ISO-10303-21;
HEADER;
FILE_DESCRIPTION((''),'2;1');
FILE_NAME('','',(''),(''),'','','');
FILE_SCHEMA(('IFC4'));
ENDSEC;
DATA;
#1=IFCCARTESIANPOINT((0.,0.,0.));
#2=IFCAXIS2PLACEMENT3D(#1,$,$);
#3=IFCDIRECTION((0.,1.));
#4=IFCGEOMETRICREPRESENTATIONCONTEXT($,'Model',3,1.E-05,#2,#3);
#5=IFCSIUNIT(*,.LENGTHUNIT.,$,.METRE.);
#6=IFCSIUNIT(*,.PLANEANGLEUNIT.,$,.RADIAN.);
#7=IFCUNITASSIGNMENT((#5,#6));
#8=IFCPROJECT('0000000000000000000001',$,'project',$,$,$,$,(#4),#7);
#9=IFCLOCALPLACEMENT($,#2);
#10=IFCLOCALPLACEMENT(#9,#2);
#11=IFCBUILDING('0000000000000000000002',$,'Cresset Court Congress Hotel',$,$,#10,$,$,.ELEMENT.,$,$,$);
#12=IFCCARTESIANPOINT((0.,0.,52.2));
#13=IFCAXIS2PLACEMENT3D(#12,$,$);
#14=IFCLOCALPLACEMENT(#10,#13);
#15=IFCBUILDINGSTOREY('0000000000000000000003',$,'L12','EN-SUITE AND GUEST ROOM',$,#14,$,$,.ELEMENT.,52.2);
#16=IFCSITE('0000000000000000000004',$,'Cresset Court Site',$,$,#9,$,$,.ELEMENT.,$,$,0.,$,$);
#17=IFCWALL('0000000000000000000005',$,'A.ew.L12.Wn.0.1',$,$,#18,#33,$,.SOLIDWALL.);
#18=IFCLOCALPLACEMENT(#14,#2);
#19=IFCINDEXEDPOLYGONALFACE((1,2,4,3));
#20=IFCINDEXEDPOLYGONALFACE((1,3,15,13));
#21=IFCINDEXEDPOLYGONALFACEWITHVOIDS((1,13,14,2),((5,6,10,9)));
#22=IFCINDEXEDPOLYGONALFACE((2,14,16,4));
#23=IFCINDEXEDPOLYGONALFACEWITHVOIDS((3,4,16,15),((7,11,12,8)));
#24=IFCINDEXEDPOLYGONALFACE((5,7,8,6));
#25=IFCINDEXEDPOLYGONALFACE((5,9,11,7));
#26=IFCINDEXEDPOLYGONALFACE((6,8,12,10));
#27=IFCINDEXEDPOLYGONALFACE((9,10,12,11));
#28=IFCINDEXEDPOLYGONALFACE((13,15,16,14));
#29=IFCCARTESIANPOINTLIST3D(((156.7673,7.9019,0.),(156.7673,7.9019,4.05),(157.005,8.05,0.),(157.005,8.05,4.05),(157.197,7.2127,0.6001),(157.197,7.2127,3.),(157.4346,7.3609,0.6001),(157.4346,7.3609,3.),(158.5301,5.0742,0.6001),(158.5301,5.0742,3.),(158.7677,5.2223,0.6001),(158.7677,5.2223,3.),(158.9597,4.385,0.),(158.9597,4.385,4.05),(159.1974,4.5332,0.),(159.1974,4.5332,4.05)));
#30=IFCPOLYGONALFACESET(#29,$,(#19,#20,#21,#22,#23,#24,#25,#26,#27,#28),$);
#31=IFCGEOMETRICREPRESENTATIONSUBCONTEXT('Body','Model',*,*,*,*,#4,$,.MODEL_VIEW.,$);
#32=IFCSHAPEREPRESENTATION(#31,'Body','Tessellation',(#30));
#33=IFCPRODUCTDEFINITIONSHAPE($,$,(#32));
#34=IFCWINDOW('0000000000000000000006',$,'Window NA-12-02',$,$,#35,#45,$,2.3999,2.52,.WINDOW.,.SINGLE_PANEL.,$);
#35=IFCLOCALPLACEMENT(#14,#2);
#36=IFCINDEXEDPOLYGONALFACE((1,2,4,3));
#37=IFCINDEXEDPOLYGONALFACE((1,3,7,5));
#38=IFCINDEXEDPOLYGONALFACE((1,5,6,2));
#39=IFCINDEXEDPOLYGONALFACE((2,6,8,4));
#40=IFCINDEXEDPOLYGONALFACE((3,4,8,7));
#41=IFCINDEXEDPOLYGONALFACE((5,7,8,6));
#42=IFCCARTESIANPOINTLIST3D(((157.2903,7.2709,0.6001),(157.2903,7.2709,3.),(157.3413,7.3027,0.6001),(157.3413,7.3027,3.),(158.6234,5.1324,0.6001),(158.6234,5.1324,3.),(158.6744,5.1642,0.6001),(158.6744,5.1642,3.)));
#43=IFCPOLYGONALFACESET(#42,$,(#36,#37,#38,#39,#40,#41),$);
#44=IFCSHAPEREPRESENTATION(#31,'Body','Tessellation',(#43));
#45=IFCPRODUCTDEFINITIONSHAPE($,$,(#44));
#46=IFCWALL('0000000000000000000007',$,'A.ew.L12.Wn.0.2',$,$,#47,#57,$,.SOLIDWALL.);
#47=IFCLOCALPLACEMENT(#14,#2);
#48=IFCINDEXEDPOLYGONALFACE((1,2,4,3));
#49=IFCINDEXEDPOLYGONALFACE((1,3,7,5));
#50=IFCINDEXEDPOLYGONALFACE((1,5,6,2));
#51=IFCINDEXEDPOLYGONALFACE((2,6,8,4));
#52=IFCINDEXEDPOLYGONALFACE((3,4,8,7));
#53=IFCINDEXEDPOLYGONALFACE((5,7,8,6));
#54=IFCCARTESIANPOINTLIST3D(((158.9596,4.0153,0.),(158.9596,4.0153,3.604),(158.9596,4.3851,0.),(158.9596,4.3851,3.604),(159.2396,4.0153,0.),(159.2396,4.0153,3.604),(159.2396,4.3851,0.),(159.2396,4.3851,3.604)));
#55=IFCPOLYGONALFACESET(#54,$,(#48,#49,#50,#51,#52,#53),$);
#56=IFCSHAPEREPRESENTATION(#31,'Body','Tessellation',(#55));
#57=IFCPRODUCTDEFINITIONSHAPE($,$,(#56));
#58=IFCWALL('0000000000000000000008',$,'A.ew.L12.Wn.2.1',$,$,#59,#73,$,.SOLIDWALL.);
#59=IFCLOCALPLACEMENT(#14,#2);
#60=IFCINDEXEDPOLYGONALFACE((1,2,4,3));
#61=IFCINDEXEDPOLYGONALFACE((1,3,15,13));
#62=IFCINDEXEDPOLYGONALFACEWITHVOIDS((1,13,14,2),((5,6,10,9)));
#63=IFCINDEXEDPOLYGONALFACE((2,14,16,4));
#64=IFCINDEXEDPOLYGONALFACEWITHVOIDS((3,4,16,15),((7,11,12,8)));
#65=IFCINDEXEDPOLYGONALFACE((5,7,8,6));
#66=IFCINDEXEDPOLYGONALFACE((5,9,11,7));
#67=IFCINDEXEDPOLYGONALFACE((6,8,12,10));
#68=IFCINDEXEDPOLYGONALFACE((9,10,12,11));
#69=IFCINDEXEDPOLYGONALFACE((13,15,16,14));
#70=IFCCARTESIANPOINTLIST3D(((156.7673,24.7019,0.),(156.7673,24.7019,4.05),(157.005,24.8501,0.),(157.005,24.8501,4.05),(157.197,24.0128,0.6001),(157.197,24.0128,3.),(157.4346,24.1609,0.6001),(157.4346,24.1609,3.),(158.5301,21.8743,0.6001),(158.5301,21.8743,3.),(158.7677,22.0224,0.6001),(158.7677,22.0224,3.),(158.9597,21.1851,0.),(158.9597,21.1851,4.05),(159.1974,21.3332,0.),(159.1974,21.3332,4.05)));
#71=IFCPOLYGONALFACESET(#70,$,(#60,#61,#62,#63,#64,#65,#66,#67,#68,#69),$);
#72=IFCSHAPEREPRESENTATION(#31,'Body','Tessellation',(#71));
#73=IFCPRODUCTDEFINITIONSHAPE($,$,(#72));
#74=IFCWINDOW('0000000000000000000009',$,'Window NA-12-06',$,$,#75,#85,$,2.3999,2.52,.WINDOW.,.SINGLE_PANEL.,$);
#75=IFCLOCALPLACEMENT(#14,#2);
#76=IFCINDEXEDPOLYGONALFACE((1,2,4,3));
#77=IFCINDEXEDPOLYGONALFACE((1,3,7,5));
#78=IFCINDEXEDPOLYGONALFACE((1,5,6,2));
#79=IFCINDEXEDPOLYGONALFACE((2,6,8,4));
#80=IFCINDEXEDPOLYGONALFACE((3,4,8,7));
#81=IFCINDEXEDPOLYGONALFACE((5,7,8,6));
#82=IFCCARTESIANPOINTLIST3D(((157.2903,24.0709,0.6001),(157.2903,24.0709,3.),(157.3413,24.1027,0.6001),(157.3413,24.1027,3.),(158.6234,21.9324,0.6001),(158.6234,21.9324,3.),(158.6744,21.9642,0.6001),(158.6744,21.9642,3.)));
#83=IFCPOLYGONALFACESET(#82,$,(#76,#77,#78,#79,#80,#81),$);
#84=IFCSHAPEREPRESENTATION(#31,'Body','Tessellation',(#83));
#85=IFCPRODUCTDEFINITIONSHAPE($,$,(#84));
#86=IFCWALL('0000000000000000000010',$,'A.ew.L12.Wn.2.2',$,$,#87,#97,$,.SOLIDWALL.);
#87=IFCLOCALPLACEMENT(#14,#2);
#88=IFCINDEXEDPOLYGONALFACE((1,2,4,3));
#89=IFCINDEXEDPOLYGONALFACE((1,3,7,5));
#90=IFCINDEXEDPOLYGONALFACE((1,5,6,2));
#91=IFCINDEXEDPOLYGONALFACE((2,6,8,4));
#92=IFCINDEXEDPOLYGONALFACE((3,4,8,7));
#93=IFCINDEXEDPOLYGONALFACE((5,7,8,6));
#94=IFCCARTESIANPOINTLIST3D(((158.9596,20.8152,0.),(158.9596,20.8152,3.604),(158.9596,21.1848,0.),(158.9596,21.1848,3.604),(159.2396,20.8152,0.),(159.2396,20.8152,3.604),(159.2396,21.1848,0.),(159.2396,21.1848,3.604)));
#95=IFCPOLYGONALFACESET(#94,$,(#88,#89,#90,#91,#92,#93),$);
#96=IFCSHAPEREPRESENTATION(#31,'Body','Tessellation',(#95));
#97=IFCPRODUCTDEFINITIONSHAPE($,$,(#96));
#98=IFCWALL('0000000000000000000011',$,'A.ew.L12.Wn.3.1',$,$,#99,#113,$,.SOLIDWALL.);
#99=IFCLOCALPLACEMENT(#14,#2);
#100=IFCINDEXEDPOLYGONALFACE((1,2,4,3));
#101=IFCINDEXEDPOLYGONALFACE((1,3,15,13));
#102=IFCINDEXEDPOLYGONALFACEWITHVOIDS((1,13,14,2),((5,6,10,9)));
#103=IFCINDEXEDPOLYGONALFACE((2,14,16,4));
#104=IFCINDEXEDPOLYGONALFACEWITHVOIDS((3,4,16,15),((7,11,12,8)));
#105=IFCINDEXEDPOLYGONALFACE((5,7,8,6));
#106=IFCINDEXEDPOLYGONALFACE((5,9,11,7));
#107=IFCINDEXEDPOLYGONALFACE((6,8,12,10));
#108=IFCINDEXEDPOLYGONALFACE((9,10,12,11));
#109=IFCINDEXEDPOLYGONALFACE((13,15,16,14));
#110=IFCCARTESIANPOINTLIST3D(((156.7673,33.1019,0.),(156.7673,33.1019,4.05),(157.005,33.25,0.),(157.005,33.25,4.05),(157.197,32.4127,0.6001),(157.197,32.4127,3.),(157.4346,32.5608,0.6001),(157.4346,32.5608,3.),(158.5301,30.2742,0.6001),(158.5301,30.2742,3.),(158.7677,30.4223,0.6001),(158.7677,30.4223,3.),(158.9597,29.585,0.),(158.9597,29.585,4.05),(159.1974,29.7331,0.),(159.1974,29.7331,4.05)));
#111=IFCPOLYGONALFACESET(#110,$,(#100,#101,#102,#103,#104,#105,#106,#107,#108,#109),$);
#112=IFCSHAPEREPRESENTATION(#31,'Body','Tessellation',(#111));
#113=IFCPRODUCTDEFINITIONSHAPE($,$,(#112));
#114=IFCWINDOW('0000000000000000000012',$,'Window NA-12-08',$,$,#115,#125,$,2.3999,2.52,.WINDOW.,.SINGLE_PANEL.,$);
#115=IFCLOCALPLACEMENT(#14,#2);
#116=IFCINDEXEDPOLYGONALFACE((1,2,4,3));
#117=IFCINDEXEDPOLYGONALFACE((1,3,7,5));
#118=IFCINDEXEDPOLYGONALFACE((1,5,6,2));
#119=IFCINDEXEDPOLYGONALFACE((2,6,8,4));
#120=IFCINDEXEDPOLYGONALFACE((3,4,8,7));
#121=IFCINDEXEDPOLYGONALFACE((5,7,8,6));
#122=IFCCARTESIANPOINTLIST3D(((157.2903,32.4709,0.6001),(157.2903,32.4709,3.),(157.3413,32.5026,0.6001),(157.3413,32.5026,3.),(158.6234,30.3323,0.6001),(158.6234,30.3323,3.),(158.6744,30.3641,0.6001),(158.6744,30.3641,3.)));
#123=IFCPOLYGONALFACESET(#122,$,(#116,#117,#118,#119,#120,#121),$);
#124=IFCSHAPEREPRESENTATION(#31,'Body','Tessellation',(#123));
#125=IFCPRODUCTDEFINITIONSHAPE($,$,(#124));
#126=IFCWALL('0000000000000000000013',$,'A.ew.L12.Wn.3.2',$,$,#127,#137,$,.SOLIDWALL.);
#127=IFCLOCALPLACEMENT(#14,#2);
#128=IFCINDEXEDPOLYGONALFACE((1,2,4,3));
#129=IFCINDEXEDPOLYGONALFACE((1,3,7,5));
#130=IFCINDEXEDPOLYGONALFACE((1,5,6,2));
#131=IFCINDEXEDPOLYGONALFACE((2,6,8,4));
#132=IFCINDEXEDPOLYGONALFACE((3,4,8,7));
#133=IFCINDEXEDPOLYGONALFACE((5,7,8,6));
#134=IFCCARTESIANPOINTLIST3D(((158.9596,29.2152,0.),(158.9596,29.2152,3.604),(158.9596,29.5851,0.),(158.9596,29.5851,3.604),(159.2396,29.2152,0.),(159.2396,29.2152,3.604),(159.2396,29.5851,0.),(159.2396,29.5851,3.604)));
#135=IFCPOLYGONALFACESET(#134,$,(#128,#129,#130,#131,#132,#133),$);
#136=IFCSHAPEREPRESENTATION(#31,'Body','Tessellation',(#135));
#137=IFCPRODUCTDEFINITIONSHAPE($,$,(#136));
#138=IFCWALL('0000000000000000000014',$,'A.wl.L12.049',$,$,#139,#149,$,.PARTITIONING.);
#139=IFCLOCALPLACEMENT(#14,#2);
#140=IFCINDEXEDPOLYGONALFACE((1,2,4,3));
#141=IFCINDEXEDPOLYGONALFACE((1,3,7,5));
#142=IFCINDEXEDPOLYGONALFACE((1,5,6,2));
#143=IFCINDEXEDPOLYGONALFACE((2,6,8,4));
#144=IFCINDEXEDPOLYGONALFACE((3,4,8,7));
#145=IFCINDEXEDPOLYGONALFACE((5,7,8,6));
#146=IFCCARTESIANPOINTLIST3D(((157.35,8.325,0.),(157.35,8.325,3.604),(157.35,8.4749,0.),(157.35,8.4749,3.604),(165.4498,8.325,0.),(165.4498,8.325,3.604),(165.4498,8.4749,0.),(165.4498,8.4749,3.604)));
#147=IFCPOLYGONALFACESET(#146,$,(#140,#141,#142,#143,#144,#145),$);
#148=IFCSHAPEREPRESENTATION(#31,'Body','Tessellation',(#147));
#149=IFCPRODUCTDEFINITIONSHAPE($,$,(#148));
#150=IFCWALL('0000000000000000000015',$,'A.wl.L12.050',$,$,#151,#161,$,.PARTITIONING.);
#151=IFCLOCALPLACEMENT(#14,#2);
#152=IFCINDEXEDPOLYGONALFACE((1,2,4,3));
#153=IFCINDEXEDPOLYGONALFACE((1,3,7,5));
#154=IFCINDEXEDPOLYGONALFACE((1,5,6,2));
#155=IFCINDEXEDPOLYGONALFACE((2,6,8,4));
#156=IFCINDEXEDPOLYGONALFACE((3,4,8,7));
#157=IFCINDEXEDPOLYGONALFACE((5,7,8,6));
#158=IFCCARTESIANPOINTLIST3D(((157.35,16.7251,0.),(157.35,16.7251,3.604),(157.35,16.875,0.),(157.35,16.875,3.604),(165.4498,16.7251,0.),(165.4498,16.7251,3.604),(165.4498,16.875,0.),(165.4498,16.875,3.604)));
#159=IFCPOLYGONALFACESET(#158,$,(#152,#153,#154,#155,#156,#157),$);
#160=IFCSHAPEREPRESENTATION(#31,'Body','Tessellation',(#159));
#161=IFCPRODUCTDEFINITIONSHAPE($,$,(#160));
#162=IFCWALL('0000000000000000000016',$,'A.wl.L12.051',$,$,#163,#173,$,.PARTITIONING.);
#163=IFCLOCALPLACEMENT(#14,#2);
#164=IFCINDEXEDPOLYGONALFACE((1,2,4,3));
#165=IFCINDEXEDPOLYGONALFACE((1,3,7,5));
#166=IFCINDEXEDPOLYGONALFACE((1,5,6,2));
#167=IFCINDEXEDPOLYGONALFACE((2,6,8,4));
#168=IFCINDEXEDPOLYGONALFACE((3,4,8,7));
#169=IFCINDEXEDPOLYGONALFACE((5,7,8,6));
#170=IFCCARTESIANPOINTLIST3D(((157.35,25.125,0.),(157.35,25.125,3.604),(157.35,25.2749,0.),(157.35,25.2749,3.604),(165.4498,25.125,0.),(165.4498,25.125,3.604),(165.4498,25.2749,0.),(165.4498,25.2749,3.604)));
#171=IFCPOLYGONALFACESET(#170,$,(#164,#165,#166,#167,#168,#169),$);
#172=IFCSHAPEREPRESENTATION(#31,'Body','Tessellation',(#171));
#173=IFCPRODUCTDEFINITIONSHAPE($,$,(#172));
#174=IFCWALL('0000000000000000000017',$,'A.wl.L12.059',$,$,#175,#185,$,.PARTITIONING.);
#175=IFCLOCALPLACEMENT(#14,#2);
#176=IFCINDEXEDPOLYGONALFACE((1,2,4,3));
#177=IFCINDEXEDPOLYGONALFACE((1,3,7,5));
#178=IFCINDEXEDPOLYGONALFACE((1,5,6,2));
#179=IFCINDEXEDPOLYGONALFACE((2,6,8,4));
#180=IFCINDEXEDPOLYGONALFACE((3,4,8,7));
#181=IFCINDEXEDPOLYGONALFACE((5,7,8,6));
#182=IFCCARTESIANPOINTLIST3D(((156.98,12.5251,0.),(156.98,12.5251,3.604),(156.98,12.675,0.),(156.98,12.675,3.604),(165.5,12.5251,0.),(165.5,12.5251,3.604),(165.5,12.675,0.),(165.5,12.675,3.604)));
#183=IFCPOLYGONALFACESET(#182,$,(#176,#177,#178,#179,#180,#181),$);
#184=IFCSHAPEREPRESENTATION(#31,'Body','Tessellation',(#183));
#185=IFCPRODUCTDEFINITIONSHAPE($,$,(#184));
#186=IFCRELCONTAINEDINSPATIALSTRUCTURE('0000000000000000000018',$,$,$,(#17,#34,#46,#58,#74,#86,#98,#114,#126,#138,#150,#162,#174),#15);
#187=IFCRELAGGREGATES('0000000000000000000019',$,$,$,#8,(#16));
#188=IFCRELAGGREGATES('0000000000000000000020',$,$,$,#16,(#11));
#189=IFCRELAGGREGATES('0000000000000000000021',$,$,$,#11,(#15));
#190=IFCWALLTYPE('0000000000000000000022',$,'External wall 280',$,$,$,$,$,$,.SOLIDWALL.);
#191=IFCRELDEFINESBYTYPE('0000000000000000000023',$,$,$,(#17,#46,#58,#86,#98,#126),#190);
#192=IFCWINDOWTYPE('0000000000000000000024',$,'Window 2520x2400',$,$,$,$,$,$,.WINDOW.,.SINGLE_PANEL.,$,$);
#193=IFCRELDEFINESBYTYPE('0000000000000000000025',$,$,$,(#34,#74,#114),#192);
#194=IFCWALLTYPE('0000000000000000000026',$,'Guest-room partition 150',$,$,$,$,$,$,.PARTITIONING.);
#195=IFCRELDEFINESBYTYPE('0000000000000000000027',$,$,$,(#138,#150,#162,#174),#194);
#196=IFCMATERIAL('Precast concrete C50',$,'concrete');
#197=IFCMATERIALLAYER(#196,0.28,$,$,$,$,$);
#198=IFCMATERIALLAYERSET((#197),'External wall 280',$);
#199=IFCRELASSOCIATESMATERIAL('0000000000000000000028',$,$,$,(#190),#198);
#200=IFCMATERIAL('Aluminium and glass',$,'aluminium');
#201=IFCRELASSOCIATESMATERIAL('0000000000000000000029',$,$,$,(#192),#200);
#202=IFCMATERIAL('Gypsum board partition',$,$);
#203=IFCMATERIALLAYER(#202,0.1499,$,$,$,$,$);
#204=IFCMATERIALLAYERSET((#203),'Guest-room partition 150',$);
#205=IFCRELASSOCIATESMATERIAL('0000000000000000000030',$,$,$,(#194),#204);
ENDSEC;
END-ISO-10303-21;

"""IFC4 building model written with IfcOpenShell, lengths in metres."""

from ifc_helpers import new_model, si_unit, direction, frame, frame_2d, origin, place, context, subcontext, project, spatial, rectangle, extrude, material, layer, layer_set, type_object, element, fill, save


model = new_model("IFC4")

# Units and contexts
model_context = context("Model", 3, precision=1e-05, world=origin(), true_north=direction((0.0, 1.0)))
body_context = subcontext(model_context, "Body", "Model", "MODEL_VIEW")
ifc_project = project(units=[si_unit("LENGTHUNIT", "METRE"), si_unit("PLANEANGLEUNIT", "RADIAN")], contexts=[model_context])

# Site, building, storey
site_placement = place(None, origin())
site = spatial("IfcSite", under=ifc_project, at=site_placement, Name="Cresset Court Site", CompositionType="ELEMENT", RefElevation=0.0)
building_placement = place(site_placement, origin())
building = spatial("IfcBuilding", under=site, at=building_placement, Name="Cresset Court Congress Hotel", CompositionType="ELEMENT")
storey_placement = place(building_placement, frame((0.0, 0.0, 52.2)))
storey = spatial("IfcBuildingStorey", under=building, at=storey_placement, Name="L12", Description="EN-SUITE AND GUEST ROOM", CompositionType="ELEMENT", Elevation=52.2)

# Wall, opening, window
ifc_material_1 = material(Name="Precast concrete C50", Category="concrete")
ifc_layer_1 = layer(ifc_material_1, 0.28)
ifc_layer_set_1 = layer_set([ifc_layer_1], Name="External wall 280")
wall_type_1 = type_object("IfcWallType", Name="External wall 280", PredefinedType="SOLIDWALL", material=ifc_layer_set_1)
wall_1_placement = place(storey_placement, frame((159.0786, 4.459, 0.0), z_axis=(0.0, 0.0, 1.0), x_axis=(-0.529019, 0.84861, 0.0)))
wall_1 = element("IfcWall", 1, at=wall_1_placement, inside=storey, type_object=wall_type_1, Name="A.ew.L12.Wn.0.1", PredefinedType="SOLIDWALL", context=body_context, shape_type="SweptSolid", body=[
    extrude(rectangle(XDim=4.1443, YDim=0.28, at=frame_2d((2.0723, 0.0))), origin(), (0.0, 0.0, 1.0), 4.05),
])
opening_1_placement = place(wall_1_placement, frame((0.8123, 0.0, 0.6001)))
opening_1 = element("IfcOpeningElement", 2, at=opening_1_placement, cuts=wall_1, PredefinedType="OPENING", context=body_context, shape_type="SweptSolid", body=[
    extrude(rectangle(XDim=2.52, YDim=2.3999, at=frame_2d((1.26, 1.2))), frame((0.0, 0.1499, 0.0), z_axis=(0.0, -1.0, 0.0), x_axis=(1.0, 0.0, 0.0)), (0.0, 0.0, 1.0), 0.3),
])
ifc_material_2 = material(Name="Aluminium and glass", Category="aluminium")
window_type = type_object("IfcWindowType", Name="Window 2520x2400", PartitioningType="SINGLE_PANEL", PredefinedType="WINDOW", material=ifc_material_2)
window_1_placement = place(opening_1_placement, origin())
window_1 = element("IfcWindow", 3, at=window_1_placement, inside=storey, type_object=window_type, Name="Window NA-12-02", OverallHeight=2.3999, OverallWidth=2.52, PartitioningType="SINGLE_PANEL", PredefinedType="WINDOW", context=body_context, shape_type="SweptSolid", body=[
    extrude(rectangle(XDim=2.52, YDim=2.3999, at=frame_2d((1.26, 1.2))), frame((0.0, 0.03, 0.0), z_axis=(0.0, -1.0, 0.0), x_axis=(1.0, 0.0, 0.0)), (0.0, 0.0, 1.0), 0.0601),
])
fill(opening_1, window_1)

# Wall
wall_2_placement = place(storey_placement, frame((159.0996, 4.0151, 0.0), z_axis=(0.0, 0.0, 1.0), x_axis=(0.0, 1.0, 0.0)))
element("IfcWall", 4, at=wall_2_placement, inside=storey, type_object=wall_type_1, Name="A.ew.L12.Wn.0.2", PredefinedType="SOLIDWALL", context=body_context, shape_type="SweptSolid", body=[
    extrude(rectangle(XDim=0.3699, YDim=0.28, at=frame_2d((0.1851, 0.0))), origin(), (0.0, 0.0, 1.0), 3.604),
])

# Wall, opening, window
wall_3_placement = place(storey_placement, frame((159.0786, 21.259, 0.0), z_axis=(0.0, 0.0, 1.0), x_axis=(-0.529019, 0.84861, 0.0)))
wall_3 = element("IfcWall", 5, at=wall_3_placement, inside=storey, type_object=wall_type_1, Name="A.ew.L12.Wn.2.1", PredefinedType="SOLIDWALL", context=body_context, shape_type="SweptSolid", body=[
    extrude(rectangle(XDim=4.1443, YDim=0.28, at=frame_2d((2.0723, 0.0))), origin(), (0.0, 0.0, 1.0), 4.05),
])
opening_2_placement = place(wall_3_placement, frame((0.8123, 0.0, 0.6001)))
opening_2 = element("IfcOpeningElement", 6, at=opening_2_placement, cuts=wall_3, PredefinedType="OPENING", context=body_context, shape_type="SweptSolid", body=[
    extrude(rectangle(XDim=2.52, YDim=2.3999, at=frame_2d((1.26, 1.2))), frame((0.0, 0.1499, 0.0), z_axis=(0.0, -1.0, 0.0), x_axis=(1.0, 0.0, 0.0)), (0.0, 0.0, 1.0), 0.3),
])
window_2_placement = place(opening_2_placement, origin())
window_2 = element("IfcWindow", 7, at=window_2_placement, inside=storey, type_object=window_type, Name="Window NA-12-06", OverallHeight=2.3999, OverallWidth=2.52, PartitioningType="SINGLE_PANEL", PredefinedType="WINDOW", context=body_context, shape_type="SweptSolid", body=[
    extrude(rectangle(XDim=2.52, YDim=2.3999, at=frame_2d((1.26, 1.2))), frame((0.0, 0.03, 0.0), z_axis=(0.0, -1.0, 0.0), x_axis=(1.0, 0.0, 0.0)), (0.0, 0.0, 1.0), 0.0601),
])
fill(opening_2, window_2)

# Wall
wall_4_placement = place(storey_placement, frame((159.0996, 20.8152, 0.0), z_axis=(0.0, 0.0, 1.0), x_axis=(0.0, 1.0, 0.0)))
element("IfcWall", 8, at=wall_4_placement, inside=storey, type_object=wall_type_1, Name="A.ew.L12.Wn.2.2", PredefinedType="SOLIDWALL", context=body_context, shape_type="SweptSolid", body=[
    extrude(rectangle(XDim=0.3696, YDim=0.28, at=frame_2d((0.1848, 0.0))), origin(), (0.0, 0.0, 1.0), 3.604),
])

# Wall, opening, window
wall_5_placement = place(storey_placement, frame((159.0786, 29.6589, 0.0), z_axis=(0.0, 0.0, 1.0), x_axis=(-0.529019, 0.84861, 0.0)))
wall_5 = element("IfcWall", 9, at=wall_5_placement, inside=storey, type_object=wall_type_1, Name="A.ew.L12.Wn.3.1", PredefinedType="SOLIDWALL", context=body_context, shape_type="SweptSolid", body=[
    extrude(rectangle(XDim=4.1443, YDim=0.28, at=frame_2d((2.0723, 0.0))), origin(), (0.0, 0.0, 1.0), 4.05),
])
opening_3_placement = place(wall_5_placement, frame((0.8123, 0.0, 0.6001)))
opening_3 = element("IfcOpeningElement", 10, at=opening_3_placement, cuts=wall_5, PredefinedType="OPENING", context=body_context, shape_type="SweptSolid", body=[
    extrude(rectangle(XDim=2.52, YDim=2.3999, at=frame_2d((1.26, 1.2))), frame((0.0, 0.1499, 0.0), z_axis=(0.0, -1.0, 0.0), x_axis=(1.0, 0.0, 0.0)), (0.0, 0.0, 1.0), 0.3),
])
window_3_placement = place(opening_3_placement, origin())
window_3 = element("IfcWindow", 11, at=window_3_placement, inside=storey, type_object=window_type, Name="Window NA-12-08", OverallHeight=2.3999, OverallWidth=2.52, PartitioningType="SINGLE_PANEL", PredefinedType="WINDOW", context=body_context, shape_type="SweptSolid", body=[
    extrude(rectangle(XDim=2.52, YDim=2.3999, at=frame_2d((1.26, 1.2))), frame((0.0, 0.03, 0.0), z_axis=(0.0, -1.0, 0.0), x_axis=(1.0, 0.0, 0.0)), (0.0, 0.0, 1.0), 0.0601),
])
fill(opening_3, window_3)

# Walls
wall_6_placement = place(storey_placement, frame((159.0996, 29.2151, 0.0), z_axis=(0.0, 0.0, 1.0), x_axis=(0.0, 1.0, 0.0)))
element("IfcWall", 12, at=wall_6_placement, inside=storey, type_object=wall_type_1, Name="A.ew.L12.Wn.3.2", PredefinedType="SOLIDWALL", context=body_context, shape_type="SweptSolid", body=[
    extrude(rectangle(XDim=0.3699, YDim=0.28, at=frame_2d((0.1851, 0.0))), origin(), (0.0, 0.0, 1.0), 3.604),
])
ifc_material_3 = material(Name="Gypsum board partition")
ifc_layer_2 = layer(ifc_material_3, 0.1499)
ifc_layer_set_2 = layer_set([ifc_layer_2], Name="Guest-room partition 150")
wall_type_2 = type_object("IfcWallType", Name="Guest-room partition 150", PredefinedType="PARTITIONING", material=ifc_layer_set_2)
for number, where, z_axis, x_axis, name in (
    (13, (157.3501, 8.3999, 0.0), (0.0, 0.0, 1.0), (1.0, 0.0, 0.0), "A.wl.L12.049"),
    (14, (157.3501, 16.8, 0.0), (0.0, 0.0, 1.0), (1.0, 0.0, 0.0), "A.wl.L12.050"),
    (15, (157.3501, 25.2, 0.0), (0.0, 0.0, 1.0), (1.0, 0.0, 0.0), "A.wl.L12.051"),
):
    element("IfcWall", number, at=place(storey_placement, frame(where, z_axis=z_axis, x_axis=x_axis)), inside=storey, type_object=wall_type_2, Name=name, PredefinedType="PARTITIONING", context=body_context, shape_type="SweptSolid", body=[
        extrude(rectangle(XDim=8.0999, YDim=0.1499, at=frame_2d((4.0498, 0.0))), origin(), (0.0, 0.0, 1.0), 3.604),
    ])
wall_7_placement = place(storey_placement, frame((156.98, 12.6001, 0.0), z_axis=(0.0, 0.0, 1.0), x_axis=(1.0, 0.0, 0.0)))
element("IfcWall", 16, at=wall_7_placement, inside=storey, type_object=wall_type_2, Name="A.wl.L12.059", PredefinedType="PARTITIONING", context=body_context, shape_type="SweptSolid", body=[
    extrude(rectangle(XDim=8.52, YDim=0.1499, at=frame_2d((4.26, 0.0))), origin(), (0.0, 0.0, 1.0), 3.604),
])

save(model, "model.ifc")
